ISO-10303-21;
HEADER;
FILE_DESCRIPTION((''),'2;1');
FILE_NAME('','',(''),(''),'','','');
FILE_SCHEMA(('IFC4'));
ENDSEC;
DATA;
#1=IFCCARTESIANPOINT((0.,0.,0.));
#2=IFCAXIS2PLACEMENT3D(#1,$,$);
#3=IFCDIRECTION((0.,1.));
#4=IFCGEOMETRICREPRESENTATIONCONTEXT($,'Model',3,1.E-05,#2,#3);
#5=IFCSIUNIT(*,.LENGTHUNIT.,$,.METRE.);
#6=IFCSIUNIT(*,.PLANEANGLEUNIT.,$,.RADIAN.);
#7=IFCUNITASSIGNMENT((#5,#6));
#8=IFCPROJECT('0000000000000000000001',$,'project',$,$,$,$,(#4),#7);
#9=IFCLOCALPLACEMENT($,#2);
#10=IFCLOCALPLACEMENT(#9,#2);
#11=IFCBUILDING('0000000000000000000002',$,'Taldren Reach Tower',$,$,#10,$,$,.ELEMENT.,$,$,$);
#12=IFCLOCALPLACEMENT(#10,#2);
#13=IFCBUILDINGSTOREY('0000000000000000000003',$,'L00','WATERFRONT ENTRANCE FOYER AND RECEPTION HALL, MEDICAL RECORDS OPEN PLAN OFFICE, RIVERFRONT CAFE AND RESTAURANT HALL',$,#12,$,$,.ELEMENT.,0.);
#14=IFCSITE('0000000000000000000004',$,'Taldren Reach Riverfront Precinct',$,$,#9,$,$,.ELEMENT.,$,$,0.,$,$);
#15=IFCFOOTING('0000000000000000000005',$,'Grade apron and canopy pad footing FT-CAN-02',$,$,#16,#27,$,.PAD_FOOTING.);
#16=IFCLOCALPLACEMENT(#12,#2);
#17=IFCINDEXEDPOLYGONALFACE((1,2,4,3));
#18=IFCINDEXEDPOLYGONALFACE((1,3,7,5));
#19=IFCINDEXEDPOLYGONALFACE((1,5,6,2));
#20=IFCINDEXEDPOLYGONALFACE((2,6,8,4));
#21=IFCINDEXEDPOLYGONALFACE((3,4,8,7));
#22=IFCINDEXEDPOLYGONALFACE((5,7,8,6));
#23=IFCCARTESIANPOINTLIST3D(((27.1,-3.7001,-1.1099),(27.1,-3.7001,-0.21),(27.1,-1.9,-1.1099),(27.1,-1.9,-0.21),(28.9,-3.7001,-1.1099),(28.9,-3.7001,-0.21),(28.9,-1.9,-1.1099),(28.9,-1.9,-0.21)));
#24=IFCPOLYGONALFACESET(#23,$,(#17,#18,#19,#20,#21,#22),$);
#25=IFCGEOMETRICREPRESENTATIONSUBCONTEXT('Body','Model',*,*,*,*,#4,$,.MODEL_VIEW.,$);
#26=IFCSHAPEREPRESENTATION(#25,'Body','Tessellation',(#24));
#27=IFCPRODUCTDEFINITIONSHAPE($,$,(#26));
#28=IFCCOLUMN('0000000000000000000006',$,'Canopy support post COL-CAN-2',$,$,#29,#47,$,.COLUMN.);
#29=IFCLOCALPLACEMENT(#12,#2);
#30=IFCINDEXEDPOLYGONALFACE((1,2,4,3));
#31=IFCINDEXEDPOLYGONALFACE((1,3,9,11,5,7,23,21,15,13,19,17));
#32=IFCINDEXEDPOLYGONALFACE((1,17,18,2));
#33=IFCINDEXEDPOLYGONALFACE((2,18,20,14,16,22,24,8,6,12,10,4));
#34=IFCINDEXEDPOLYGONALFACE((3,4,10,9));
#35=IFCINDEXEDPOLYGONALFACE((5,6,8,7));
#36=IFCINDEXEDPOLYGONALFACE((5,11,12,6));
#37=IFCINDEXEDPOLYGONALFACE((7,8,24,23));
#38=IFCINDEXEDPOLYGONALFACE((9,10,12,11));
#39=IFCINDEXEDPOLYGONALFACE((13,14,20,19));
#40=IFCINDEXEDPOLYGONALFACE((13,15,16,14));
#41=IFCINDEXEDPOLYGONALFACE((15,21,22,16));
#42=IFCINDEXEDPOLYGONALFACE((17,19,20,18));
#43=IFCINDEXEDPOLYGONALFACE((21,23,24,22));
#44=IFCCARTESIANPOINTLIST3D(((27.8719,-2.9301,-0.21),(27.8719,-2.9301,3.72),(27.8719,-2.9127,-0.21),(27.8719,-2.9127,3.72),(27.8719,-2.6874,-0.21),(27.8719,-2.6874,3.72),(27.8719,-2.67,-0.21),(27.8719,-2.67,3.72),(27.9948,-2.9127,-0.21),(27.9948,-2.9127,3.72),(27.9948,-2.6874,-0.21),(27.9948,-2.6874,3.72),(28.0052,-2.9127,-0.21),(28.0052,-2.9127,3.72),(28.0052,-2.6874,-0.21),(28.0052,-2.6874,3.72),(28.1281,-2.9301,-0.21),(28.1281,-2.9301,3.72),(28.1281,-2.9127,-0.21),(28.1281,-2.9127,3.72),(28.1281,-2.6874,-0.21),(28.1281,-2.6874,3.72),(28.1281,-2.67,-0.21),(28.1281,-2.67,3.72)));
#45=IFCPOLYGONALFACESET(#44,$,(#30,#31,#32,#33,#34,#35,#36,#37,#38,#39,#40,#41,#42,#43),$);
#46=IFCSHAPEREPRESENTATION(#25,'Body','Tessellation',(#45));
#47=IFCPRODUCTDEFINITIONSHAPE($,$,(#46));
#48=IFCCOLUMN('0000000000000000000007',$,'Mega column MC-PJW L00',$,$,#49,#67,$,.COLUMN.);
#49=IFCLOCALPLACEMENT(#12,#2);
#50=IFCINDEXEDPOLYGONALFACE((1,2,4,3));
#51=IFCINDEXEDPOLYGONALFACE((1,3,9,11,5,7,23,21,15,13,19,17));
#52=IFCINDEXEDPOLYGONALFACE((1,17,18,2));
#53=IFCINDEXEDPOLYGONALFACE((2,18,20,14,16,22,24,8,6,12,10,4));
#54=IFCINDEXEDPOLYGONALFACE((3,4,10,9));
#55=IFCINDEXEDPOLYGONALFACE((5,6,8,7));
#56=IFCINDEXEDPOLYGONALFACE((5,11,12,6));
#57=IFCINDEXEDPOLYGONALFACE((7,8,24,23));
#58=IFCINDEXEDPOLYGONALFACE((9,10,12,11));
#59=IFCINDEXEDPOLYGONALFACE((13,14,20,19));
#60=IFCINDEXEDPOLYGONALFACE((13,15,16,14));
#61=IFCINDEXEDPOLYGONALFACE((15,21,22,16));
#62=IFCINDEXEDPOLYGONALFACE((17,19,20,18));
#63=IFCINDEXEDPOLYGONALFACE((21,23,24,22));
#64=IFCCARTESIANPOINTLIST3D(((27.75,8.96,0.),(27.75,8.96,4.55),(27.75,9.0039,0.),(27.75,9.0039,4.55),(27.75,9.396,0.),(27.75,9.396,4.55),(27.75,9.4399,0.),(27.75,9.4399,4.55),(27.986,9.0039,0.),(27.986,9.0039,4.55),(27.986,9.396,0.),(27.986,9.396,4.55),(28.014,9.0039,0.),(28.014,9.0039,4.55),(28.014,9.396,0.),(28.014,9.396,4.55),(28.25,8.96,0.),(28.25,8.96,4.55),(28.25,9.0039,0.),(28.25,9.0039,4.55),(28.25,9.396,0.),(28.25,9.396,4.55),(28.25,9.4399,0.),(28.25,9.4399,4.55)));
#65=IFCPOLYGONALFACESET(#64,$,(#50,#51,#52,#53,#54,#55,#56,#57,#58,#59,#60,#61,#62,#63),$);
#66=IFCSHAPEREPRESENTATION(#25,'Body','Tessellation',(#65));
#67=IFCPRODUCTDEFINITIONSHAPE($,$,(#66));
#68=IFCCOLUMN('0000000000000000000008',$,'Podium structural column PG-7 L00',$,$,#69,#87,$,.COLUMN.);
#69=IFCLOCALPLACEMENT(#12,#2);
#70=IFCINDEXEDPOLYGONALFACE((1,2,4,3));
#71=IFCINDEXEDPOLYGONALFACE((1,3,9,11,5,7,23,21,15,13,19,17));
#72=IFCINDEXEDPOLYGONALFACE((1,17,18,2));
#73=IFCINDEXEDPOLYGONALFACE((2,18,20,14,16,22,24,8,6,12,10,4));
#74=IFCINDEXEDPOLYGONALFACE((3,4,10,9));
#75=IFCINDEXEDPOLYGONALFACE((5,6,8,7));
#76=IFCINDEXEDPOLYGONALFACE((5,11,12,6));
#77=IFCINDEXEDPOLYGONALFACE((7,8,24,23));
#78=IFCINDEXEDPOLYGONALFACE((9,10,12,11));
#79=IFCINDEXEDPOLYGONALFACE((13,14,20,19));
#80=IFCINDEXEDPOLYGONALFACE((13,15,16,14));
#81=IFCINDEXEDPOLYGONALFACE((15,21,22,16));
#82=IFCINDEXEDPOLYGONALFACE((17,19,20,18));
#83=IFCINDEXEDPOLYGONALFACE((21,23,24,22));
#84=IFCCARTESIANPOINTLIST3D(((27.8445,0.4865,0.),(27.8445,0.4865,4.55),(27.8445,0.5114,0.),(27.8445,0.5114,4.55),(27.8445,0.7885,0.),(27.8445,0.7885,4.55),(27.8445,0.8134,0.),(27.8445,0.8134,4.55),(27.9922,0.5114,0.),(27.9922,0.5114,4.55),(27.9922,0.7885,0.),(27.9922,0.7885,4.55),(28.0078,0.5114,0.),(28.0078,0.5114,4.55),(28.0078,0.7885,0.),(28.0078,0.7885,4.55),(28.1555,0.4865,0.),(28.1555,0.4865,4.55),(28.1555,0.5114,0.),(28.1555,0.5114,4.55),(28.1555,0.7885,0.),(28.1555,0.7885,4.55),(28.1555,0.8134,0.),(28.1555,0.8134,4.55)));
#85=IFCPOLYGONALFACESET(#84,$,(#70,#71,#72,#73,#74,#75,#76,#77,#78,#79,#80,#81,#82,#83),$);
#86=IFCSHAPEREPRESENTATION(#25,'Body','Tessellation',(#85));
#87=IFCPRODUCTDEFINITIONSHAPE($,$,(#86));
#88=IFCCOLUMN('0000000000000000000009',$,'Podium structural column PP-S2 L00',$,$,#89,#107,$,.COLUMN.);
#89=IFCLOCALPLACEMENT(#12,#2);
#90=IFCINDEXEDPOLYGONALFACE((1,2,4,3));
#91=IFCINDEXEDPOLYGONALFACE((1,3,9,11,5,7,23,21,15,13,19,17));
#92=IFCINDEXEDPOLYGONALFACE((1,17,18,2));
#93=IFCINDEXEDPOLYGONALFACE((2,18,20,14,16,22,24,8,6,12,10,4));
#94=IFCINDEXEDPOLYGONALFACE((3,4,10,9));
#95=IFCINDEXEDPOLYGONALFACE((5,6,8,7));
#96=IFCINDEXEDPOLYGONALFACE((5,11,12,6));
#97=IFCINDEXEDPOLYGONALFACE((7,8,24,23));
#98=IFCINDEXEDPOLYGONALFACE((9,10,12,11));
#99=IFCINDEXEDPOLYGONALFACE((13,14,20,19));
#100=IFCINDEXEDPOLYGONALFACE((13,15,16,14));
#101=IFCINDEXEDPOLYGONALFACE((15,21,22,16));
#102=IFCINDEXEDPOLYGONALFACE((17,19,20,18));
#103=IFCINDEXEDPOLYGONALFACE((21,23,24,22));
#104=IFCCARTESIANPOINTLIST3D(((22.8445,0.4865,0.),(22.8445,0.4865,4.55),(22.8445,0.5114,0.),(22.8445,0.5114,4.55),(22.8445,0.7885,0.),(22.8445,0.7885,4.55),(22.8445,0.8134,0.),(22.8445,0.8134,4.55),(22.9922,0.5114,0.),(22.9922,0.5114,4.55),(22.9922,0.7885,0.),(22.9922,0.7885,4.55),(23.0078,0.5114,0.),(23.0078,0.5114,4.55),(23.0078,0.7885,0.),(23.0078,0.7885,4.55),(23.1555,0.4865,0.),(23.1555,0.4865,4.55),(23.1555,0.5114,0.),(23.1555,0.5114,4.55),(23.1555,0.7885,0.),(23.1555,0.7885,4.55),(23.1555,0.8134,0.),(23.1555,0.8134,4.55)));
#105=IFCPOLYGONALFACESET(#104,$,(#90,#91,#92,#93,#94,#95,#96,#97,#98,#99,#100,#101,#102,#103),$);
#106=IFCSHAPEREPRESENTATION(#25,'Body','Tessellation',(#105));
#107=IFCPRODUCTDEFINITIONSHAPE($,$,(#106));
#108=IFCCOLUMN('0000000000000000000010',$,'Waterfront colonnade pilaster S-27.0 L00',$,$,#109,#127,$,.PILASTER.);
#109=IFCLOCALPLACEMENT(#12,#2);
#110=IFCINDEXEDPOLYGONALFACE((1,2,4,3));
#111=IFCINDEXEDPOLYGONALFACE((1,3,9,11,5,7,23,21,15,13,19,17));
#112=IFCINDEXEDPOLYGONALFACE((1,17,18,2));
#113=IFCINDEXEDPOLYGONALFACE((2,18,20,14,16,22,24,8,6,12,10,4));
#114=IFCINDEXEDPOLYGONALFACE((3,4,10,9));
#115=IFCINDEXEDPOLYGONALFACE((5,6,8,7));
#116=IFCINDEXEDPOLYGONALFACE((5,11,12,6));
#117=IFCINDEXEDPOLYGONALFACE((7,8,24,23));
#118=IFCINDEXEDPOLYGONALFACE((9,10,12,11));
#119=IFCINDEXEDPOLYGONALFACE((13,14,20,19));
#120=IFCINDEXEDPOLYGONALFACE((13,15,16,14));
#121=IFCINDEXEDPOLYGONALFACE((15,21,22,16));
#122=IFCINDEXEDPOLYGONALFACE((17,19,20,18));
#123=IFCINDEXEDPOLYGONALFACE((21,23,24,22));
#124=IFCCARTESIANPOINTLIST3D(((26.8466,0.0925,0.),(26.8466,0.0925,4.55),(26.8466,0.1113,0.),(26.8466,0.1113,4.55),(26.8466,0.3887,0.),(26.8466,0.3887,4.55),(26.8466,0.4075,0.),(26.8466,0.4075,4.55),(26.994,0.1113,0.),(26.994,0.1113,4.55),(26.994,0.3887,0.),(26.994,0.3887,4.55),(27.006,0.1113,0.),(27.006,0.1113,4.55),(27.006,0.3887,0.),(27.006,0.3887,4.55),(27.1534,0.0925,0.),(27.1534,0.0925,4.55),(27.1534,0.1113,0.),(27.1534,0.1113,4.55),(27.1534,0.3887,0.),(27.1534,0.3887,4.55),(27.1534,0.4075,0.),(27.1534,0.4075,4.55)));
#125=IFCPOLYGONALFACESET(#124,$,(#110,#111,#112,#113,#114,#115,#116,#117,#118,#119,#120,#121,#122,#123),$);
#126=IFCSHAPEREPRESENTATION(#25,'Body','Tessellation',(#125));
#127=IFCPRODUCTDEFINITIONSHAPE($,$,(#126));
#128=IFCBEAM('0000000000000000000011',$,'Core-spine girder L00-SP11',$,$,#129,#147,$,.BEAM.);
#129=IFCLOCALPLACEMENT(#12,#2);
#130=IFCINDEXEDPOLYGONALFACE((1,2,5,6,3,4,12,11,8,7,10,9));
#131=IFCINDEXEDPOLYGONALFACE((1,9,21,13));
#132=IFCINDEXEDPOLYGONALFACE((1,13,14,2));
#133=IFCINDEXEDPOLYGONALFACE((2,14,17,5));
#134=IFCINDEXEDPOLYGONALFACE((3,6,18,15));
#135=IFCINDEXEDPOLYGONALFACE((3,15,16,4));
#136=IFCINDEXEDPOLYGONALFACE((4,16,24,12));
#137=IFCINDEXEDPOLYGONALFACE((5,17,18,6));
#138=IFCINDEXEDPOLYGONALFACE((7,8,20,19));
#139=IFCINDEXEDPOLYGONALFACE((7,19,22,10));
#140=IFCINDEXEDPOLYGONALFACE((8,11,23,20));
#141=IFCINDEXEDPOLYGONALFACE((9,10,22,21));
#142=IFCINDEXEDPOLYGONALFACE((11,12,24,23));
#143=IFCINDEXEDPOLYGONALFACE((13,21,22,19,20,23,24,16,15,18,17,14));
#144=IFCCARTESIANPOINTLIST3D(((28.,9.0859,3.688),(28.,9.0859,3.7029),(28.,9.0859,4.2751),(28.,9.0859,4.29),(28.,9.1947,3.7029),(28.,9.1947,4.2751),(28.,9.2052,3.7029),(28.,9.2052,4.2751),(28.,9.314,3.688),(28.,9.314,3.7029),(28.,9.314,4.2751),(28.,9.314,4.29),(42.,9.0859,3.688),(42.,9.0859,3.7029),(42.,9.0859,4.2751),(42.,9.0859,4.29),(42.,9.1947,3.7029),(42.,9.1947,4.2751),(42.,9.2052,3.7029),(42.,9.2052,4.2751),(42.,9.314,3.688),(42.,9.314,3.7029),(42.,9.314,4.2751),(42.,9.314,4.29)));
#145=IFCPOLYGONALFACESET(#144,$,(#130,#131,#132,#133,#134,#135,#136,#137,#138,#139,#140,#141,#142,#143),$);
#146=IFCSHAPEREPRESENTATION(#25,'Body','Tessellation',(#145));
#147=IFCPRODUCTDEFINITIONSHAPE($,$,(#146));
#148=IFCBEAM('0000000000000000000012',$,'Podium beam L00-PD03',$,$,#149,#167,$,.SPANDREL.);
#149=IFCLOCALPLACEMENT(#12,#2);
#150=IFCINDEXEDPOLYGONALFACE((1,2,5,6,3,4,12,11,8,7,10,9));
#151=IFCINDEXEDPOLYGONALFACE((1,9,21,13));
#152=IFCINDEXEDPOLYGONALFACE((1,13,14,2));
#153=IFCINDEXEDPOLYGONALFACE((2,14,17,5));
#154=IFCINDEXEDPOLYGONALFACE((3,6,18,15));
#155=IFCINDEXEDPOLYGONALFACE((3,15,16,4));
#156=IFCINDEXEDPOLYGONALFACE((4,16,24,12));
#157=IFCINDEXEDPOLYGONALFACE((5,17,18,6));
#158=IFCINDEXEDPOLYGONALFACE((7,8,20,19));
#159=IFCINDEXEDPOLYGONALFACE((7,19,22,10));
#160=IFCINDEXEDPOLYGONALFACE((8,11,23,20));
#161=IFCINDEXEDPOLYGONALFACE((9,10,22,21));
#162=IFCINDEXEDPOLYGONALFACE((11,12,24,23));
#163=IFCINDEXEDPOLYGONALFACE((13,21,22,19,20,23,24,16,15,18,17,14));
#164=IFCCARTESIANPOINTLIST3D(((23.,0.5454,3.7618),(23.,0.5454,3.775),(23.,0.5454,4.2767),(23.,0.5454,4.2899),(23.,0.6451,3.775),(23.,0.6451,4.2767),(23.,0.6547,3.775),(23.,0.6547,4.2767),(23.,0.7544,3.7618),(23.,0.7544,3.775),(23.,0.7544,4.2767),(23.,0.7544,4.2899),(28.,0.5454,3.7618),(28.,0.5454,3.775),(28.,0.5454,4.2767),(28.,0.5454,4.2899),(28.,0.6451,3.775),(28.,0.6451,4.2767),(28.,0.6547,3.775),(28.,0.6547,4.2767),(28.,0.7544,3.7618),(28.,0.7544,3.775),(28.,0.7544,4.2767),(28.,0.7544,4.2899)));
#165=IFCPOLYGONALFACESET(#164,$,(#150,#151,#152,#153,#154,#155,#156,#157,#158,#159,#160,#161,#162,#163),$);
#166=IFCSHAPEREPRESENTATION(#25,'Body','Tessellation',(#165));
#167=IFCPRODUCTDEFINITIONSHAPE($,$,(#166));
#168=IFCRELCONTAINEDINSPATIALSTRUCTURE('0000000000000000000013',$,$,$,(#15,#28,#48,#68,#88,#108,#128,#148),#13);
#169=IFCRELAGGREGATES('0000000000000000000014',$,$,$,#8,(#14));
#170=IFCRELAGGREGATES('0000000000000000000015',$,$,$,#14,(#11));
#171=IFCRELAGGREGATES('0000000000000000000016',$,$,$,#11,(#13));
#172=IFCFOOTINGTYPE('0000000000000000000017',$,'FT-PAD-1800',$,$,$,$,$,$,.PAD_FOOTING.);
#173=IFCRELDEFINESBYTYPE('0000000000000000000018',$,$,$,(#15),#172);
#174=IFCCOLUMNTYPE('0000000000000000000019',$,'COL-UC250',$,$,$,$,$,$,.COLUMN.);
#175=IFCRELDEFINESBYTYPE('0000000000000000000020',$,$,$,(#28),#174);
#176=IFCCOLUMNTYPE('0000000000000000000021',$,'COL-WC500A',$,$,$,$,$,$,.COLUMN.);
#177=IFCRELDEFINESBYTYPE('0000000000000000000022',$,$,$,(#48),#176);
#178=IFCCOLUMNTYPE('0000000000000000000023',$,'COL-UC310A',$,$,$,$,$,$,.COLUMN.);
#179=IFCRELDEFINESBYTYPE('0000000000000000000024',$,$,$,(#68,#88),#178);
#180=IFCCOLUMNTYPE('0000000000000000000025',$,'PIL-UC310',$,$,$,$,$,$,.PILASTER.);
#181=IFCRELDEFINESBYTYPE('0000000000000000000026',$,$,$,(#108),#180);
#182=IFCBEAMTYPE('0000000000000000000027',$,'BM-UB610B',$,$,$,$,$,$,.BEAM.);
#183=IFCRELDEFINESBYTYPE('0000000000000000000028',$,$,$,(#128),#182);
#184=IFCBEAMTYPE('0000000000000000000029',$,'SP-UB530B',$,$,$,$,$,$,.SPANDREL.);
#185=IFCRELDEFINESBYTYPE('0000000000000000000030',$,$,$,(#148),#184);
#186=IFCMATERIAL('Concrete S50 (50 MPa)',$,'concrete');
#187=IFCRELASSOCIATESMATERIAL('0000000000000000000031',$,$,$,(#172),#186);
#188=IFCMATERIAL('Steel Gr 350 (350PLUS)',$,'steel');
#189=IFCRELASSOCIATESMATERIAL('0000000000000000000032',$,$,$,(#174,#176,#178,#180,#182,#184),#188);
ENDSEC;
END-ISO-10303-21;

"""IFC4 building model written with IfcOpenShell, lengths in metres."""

from ifc_helpers import new_model, si_unit, direction, frame, origin, origin_2d, place, context, subcontext, project, spatial, rectangle, i_section, extrude, source, transform, mapped, material, material_profile, profile_set, type_object, element, save


model = new_model("IFC4")

# Units and contexts
model_context = context("Model", 3, precision=1e-05, world=origin(), true_north=direction((0.0, 1.0)))
body_context = subcontext(model_context, "Body", "Model", "MODEL_VIEW")
ifc_project = project(units=[si_unit("LENGTHUNIT", "METRE"), si_unit("PLANEANGLEUNIT", "RADIAN")], contexts=[model_context])

# Site, building, storey
site_placement = place(None, origin())
site = spatial("IfcSite", under=ifc_project, at=site_placement, Name="Taldren Reach Riverfront Precinct", CompositionType="ELEMENT", RefElevation=0.0)
building_placement = place(site_placement, origin())
building = spatial("IfcBuilding", under=site, at=building_placement, Name="Taldren Reach Tower", CompositionType="ELEMENT")
storey_placement = place(building_placement, origin())
storey = spatial("IfcBuildingStorey", under=building, at=storey_placement, Name="L00", Description="WATERFRONT ENTRANCE FOYER AND RECEPTION HALL, MEDICAL RECORDS OPEN PLAN OFFICE, RIVERFRONT CAFE AND RESTAURANT HALL", CompositionType="ELEMENT", Elevation=0.0)

# Footing
ifc_material_1 = material(Name="Concrete S50 (50 MPa)", Category="concrete")
footing_type = type_object("IfcFootingType", Name="FT-PAD-1800", PredefinedType="PAD_FOOTING", material=ifc_material_1)
shared_shape_1 = source(origin(), body_context, "Body", "SweptSolid", [
    extrude(rectangle(XDim=1.8, YDim=1.8, at=origin_2d()), origin(), (0.0, 0.0, 1.0), 0.8999),
])
footing_placement = place(storey_placement, frame((28.0, -2.8, -1.1099), z_axis=(0.0, 0.0, 1.0), x_axis=(1.0, 0.0, 0.0)))
element("IfcFooting", 1, at=footing_placement, inside=storey, type_object=footing_type, Name="Grade apron and canopy pad footing FT-CAN-02", PredefinedType="PAD_FOOTING", context=body_context, shape_type="MappedRepresentation", body=[
    mapped(shared_shape_1, transform((0.0, 0.0, 0.0), scale=1.0)),
])

# Columns
ifc_material_2 = material(Name="Steel Gr 350 (350PLUS)", Category="steel")
ifc_material_profile_1 = material_profile(ifc_material_2, i_section(OverallWidth=0.2561, OverallDepth=0.26, WebThickness=0.0105, FlangeThickness=0.0173, at=origin_2d()), Name="250UC89.5")
ifc_profile_set_1 = profile_set([ifc_material_profile_1], Name="Steel Gr 350 (350PLUS)")
column_type_1 = type_object("IfcColumnType", Name="COL-UC250", PredefinedType="COLUMN", material=ifc_profile_set_1)
shared_shape_2 = source(origin(), body_context, "Body", "SweptSolid", [
    extrude(i_section(OverallWidth=0.2561, OverallDepth=0.26, WebThickness=0.0105, FlangeThickness=0.0173, at=origin_2d()), origin(), (0.0, 0.0, 1.0), 3.9299),
])
column_1_placement = place(storey_placement, frame((28.0, -2.8, -0.21), z_axis=(0.0, 0.0, 1.0), x_axis=(1.0, 0.0, 0.0)))
element("IfcColumn", 2, at=column_1_placement, inside=storey, type_object=column_type_1, Name="Canopy support post COL-CAN-2", PredefinedType="COLUMN", context=body_context, shape_type="MappedRepresentation", body=[
    mapped(shared_shape_2, transform((0.0, 0.0, 0.0), scale=1.0)),
])
ifc_material_profile_2 = material_profile(ifc_material_2, i_section(OverallWidth=0.5, OverallDepth=0.48, WebThickness=0.0281, FlangeThickness=0.0439, at=origin_2d()), Name="500WC440")
ifc_profile_set_2 = profile_set([ifc_material_profile_2], Name="Steel Gr 350 (350PLUS)")
column_type_2 = type_object("IfcColumnType", Name="COL-WC500A", PredefinedType="COLUMN", material=ifc_profile_set_2)
shared_shape_3 = source(origin(), body_context, "Body", "SweptSolid", [
    extrude(i_section(OverallWidth=0.5, OverallDepth=0.48, WebThickness=0.0281, FlangeThickness=0.0439, at=origin_2d()), origin(), (0.0, 0.0, 1.0), 4.55),
])
column_2_placement = place(storey_placement, frame((28.0, 9.2, 0.0), z_axis=(0.0, 0.0, 1.0), x_axis=(1.0, 0.0, 0.0)))
element("IfcColumn", 3, at=column_2_placement, inside=storey, type_object=column_type_2, Name="Mega column MC-PJW L00", PredefinedType="COLUMN", context=body_context, shape_type="MappedRepresentation", body=[
    mapped(shared_shape_3, transform((0.0, 0.0, 0.0), scale=1.0)),
])
ifc_material_profile_3 = material_profile(ifc_material_2, i_section(OverallWidth=0.311, OverallDepth=0.3269, WebThickness=0.0156, FlangeThickness=0.0249, at=origin_2d()), Name="310UC158")
ifc_profile_set_3 = profile_set([ifc_material_profile_3], Name="Steel Gr 350 (350PLUS)")
column_type_3 = type_object("IfcColumnType", Name="COL-UC310A", PredefinedType="COLUMN", material=ifc_profile_set_3)
shared_shape_4 = source(origin(), body_context, "Body", "SweptSolid", [
    extrude(i_section(OverallWidth=0.311, OverallDepth=0.3269, WebThickness=0.0156, FlangeThickness=0.0249, at=origin_2d()), origin(), (0.0, 0.0, 1.0), 4.55),
])
for number, where, z_axis, x_axis, name in (
    (4, (28.0, 0.6499, 0.0), (0.0, 0.0, 1.0), (1.0, 0.0, 0.0), "Podium structural column PG-7 L00"),
    (5, (23.0, 0.6499, 0.0), (0.0, 0.0, 1.0), (1.0, 0.0, 0.0), "Podium structural column PP-S2 L00"),
):
    element("IfcColumn", number, at=place(storey_placement, frame(where, z_axis=z_axis, x_axis=x_axis)), inside=storey, type_object=column_type_3, Name=name, PredefinedType="COLUMN", context=body_context, shape_type="MappedRepresentation", body=[
        mapped(shared_shape_4, transform((0.0, 0.0, 0.0), scale=1.0)),
    ])
ifc_material_profile_4 = material_profile(ifc_material_2, i_section(OverallWidth=0.3069, OverallDepth=0.3149, WebThickness=0.012, FlangeThickness=0.0188, at=origin_2d()), Name="310UC118")
ifc_profile_set_4 = profile_set([ifc_material_profile_4], Name="Steel Gr 350 (350PLUS)")
column_type_4 = type_object("IfcColumnType", Name="PIL-UC310", PredefinedType="PILASTER", material=ifc_profile_set_4)
shared_shape_5 = source(origin(), body_context, "Body", "SweptSolid", [
    extrude(i_section(OverallWidth=0.3069, OverallDepth=0.3149, WebThickness=0.012, FlangeThickness=0.0188, at=origin_2d()), origin(), (0.0, 0.0, 1.0), 4.55),
])
column_3_placement = place(storey_placement, frame((27.0, 0.25, 0.0), z_axis=(0.0, 0.0, 1.0), x_axis=(1.0, 0.0, 0.0)))
element("IfcColumn", 6, at=column_3_placement, inside=storey, type_object=column_type_4, Name="Waterfront colonnade pilaster S-27.0 L00", PredefinedType="PILASTER", context=body_context, shape_type="MappedRepresentation", body=[
    mapped(shared_shape_5, transform((0.0, 0.0, 0.0), scale=1.0)),
])

# Beams
ifc_material_profile_5 = material_profile(ifc_material_2, i_section(OverallWidth=0.228, OverallDepth=0.6021, WebThickness=0.0105, FlangeThickness=0.0149, at=origin_2d()), Name="610UB101")
ifc_profile_set_5 = profile_set([ifc_material_profile_5], Name="Steel Gr 350 (350PLUS)")
beam_type_1 = type_object("IfcBeamType", Name="BM-UB610B", PredefinedType="BEAM", material=ifc_profile_set_5)
shared_shape_6 = source(origin(), body_context, "Body", "SweptSolid", [
    extrude(i_section(OverallWidth=0.228, OverallDepth=0.6021, WebThickness=0.0105, FlangeThickness=0.0149, at=origin_2d()), origin(), (0.0, 0.0, 1.0), 14.0),
])
beam_1_placement = place(storey_placement, frame((28.0, 9.2, 3.989), z_axis=(1.0, 0.0, 0.0), x_axis=(0.0, 1.0, 0.0)))
element("IfcBeam", 7, at=beam_1_placement, inside=storey, type_object=beam_type_1, Name="Core-spine girder L00-SP11", PredefinedType="BEAM", context=body_context, shape_type="MappedRepresentation", body=[
    mapped(shared_shape_6, transform((0.0, 0.0, 0.0), scale=1.0)),
])
ifc_material_profile_6 = material_profile(ifc_material_2, i_section(OverallWidth=0.209, OverallDepth=0.5281, WebThickness=0.0095, FlangeThickness=0.0132, at=origin_2d()), Name="530UB82.0")
ifc_profile_set_6 = profile_set([ifc_material_profile_6], Name="Steel Gr 350 (350PLUS)")
beam_type_2 = type_object("IfcBeamType", Name="SP-UB530B", PredefinedType="SPANDREL", material=ifc_profile_set_6)
shared_shape_7 = source(origin(), body_context, "Body", "SweptSolid", [
    extrude(i_section(OverallWidth=0.209, OverallDepth=0.5281, WebThickness=0.0095, FlangeThickness=0.0132, at=origin_2d()), origin(), (0.0, 0.0, 1.0), 5.0),
])
beam_2_placement = place(storey_placement, frame((23.0, 0.6499, 4.0259), z_axis=(1.0, 0.0, 0.0), x_axis=(0.0, 1.0, 0.0)))
element("IfcBeam", 8, at=beam_2_placement, inside=storey, type_object=beam_type_2, Name="Podium beam L00-PD03", PredefinedType="SPANDREL", context=body_context, shape_type="MappedRepresentation", body=[
    mapped(shared_shape_7, transform((0.0, 0.0, 0.0), scale=1.0)),
])

save(model, "model.ifc")
